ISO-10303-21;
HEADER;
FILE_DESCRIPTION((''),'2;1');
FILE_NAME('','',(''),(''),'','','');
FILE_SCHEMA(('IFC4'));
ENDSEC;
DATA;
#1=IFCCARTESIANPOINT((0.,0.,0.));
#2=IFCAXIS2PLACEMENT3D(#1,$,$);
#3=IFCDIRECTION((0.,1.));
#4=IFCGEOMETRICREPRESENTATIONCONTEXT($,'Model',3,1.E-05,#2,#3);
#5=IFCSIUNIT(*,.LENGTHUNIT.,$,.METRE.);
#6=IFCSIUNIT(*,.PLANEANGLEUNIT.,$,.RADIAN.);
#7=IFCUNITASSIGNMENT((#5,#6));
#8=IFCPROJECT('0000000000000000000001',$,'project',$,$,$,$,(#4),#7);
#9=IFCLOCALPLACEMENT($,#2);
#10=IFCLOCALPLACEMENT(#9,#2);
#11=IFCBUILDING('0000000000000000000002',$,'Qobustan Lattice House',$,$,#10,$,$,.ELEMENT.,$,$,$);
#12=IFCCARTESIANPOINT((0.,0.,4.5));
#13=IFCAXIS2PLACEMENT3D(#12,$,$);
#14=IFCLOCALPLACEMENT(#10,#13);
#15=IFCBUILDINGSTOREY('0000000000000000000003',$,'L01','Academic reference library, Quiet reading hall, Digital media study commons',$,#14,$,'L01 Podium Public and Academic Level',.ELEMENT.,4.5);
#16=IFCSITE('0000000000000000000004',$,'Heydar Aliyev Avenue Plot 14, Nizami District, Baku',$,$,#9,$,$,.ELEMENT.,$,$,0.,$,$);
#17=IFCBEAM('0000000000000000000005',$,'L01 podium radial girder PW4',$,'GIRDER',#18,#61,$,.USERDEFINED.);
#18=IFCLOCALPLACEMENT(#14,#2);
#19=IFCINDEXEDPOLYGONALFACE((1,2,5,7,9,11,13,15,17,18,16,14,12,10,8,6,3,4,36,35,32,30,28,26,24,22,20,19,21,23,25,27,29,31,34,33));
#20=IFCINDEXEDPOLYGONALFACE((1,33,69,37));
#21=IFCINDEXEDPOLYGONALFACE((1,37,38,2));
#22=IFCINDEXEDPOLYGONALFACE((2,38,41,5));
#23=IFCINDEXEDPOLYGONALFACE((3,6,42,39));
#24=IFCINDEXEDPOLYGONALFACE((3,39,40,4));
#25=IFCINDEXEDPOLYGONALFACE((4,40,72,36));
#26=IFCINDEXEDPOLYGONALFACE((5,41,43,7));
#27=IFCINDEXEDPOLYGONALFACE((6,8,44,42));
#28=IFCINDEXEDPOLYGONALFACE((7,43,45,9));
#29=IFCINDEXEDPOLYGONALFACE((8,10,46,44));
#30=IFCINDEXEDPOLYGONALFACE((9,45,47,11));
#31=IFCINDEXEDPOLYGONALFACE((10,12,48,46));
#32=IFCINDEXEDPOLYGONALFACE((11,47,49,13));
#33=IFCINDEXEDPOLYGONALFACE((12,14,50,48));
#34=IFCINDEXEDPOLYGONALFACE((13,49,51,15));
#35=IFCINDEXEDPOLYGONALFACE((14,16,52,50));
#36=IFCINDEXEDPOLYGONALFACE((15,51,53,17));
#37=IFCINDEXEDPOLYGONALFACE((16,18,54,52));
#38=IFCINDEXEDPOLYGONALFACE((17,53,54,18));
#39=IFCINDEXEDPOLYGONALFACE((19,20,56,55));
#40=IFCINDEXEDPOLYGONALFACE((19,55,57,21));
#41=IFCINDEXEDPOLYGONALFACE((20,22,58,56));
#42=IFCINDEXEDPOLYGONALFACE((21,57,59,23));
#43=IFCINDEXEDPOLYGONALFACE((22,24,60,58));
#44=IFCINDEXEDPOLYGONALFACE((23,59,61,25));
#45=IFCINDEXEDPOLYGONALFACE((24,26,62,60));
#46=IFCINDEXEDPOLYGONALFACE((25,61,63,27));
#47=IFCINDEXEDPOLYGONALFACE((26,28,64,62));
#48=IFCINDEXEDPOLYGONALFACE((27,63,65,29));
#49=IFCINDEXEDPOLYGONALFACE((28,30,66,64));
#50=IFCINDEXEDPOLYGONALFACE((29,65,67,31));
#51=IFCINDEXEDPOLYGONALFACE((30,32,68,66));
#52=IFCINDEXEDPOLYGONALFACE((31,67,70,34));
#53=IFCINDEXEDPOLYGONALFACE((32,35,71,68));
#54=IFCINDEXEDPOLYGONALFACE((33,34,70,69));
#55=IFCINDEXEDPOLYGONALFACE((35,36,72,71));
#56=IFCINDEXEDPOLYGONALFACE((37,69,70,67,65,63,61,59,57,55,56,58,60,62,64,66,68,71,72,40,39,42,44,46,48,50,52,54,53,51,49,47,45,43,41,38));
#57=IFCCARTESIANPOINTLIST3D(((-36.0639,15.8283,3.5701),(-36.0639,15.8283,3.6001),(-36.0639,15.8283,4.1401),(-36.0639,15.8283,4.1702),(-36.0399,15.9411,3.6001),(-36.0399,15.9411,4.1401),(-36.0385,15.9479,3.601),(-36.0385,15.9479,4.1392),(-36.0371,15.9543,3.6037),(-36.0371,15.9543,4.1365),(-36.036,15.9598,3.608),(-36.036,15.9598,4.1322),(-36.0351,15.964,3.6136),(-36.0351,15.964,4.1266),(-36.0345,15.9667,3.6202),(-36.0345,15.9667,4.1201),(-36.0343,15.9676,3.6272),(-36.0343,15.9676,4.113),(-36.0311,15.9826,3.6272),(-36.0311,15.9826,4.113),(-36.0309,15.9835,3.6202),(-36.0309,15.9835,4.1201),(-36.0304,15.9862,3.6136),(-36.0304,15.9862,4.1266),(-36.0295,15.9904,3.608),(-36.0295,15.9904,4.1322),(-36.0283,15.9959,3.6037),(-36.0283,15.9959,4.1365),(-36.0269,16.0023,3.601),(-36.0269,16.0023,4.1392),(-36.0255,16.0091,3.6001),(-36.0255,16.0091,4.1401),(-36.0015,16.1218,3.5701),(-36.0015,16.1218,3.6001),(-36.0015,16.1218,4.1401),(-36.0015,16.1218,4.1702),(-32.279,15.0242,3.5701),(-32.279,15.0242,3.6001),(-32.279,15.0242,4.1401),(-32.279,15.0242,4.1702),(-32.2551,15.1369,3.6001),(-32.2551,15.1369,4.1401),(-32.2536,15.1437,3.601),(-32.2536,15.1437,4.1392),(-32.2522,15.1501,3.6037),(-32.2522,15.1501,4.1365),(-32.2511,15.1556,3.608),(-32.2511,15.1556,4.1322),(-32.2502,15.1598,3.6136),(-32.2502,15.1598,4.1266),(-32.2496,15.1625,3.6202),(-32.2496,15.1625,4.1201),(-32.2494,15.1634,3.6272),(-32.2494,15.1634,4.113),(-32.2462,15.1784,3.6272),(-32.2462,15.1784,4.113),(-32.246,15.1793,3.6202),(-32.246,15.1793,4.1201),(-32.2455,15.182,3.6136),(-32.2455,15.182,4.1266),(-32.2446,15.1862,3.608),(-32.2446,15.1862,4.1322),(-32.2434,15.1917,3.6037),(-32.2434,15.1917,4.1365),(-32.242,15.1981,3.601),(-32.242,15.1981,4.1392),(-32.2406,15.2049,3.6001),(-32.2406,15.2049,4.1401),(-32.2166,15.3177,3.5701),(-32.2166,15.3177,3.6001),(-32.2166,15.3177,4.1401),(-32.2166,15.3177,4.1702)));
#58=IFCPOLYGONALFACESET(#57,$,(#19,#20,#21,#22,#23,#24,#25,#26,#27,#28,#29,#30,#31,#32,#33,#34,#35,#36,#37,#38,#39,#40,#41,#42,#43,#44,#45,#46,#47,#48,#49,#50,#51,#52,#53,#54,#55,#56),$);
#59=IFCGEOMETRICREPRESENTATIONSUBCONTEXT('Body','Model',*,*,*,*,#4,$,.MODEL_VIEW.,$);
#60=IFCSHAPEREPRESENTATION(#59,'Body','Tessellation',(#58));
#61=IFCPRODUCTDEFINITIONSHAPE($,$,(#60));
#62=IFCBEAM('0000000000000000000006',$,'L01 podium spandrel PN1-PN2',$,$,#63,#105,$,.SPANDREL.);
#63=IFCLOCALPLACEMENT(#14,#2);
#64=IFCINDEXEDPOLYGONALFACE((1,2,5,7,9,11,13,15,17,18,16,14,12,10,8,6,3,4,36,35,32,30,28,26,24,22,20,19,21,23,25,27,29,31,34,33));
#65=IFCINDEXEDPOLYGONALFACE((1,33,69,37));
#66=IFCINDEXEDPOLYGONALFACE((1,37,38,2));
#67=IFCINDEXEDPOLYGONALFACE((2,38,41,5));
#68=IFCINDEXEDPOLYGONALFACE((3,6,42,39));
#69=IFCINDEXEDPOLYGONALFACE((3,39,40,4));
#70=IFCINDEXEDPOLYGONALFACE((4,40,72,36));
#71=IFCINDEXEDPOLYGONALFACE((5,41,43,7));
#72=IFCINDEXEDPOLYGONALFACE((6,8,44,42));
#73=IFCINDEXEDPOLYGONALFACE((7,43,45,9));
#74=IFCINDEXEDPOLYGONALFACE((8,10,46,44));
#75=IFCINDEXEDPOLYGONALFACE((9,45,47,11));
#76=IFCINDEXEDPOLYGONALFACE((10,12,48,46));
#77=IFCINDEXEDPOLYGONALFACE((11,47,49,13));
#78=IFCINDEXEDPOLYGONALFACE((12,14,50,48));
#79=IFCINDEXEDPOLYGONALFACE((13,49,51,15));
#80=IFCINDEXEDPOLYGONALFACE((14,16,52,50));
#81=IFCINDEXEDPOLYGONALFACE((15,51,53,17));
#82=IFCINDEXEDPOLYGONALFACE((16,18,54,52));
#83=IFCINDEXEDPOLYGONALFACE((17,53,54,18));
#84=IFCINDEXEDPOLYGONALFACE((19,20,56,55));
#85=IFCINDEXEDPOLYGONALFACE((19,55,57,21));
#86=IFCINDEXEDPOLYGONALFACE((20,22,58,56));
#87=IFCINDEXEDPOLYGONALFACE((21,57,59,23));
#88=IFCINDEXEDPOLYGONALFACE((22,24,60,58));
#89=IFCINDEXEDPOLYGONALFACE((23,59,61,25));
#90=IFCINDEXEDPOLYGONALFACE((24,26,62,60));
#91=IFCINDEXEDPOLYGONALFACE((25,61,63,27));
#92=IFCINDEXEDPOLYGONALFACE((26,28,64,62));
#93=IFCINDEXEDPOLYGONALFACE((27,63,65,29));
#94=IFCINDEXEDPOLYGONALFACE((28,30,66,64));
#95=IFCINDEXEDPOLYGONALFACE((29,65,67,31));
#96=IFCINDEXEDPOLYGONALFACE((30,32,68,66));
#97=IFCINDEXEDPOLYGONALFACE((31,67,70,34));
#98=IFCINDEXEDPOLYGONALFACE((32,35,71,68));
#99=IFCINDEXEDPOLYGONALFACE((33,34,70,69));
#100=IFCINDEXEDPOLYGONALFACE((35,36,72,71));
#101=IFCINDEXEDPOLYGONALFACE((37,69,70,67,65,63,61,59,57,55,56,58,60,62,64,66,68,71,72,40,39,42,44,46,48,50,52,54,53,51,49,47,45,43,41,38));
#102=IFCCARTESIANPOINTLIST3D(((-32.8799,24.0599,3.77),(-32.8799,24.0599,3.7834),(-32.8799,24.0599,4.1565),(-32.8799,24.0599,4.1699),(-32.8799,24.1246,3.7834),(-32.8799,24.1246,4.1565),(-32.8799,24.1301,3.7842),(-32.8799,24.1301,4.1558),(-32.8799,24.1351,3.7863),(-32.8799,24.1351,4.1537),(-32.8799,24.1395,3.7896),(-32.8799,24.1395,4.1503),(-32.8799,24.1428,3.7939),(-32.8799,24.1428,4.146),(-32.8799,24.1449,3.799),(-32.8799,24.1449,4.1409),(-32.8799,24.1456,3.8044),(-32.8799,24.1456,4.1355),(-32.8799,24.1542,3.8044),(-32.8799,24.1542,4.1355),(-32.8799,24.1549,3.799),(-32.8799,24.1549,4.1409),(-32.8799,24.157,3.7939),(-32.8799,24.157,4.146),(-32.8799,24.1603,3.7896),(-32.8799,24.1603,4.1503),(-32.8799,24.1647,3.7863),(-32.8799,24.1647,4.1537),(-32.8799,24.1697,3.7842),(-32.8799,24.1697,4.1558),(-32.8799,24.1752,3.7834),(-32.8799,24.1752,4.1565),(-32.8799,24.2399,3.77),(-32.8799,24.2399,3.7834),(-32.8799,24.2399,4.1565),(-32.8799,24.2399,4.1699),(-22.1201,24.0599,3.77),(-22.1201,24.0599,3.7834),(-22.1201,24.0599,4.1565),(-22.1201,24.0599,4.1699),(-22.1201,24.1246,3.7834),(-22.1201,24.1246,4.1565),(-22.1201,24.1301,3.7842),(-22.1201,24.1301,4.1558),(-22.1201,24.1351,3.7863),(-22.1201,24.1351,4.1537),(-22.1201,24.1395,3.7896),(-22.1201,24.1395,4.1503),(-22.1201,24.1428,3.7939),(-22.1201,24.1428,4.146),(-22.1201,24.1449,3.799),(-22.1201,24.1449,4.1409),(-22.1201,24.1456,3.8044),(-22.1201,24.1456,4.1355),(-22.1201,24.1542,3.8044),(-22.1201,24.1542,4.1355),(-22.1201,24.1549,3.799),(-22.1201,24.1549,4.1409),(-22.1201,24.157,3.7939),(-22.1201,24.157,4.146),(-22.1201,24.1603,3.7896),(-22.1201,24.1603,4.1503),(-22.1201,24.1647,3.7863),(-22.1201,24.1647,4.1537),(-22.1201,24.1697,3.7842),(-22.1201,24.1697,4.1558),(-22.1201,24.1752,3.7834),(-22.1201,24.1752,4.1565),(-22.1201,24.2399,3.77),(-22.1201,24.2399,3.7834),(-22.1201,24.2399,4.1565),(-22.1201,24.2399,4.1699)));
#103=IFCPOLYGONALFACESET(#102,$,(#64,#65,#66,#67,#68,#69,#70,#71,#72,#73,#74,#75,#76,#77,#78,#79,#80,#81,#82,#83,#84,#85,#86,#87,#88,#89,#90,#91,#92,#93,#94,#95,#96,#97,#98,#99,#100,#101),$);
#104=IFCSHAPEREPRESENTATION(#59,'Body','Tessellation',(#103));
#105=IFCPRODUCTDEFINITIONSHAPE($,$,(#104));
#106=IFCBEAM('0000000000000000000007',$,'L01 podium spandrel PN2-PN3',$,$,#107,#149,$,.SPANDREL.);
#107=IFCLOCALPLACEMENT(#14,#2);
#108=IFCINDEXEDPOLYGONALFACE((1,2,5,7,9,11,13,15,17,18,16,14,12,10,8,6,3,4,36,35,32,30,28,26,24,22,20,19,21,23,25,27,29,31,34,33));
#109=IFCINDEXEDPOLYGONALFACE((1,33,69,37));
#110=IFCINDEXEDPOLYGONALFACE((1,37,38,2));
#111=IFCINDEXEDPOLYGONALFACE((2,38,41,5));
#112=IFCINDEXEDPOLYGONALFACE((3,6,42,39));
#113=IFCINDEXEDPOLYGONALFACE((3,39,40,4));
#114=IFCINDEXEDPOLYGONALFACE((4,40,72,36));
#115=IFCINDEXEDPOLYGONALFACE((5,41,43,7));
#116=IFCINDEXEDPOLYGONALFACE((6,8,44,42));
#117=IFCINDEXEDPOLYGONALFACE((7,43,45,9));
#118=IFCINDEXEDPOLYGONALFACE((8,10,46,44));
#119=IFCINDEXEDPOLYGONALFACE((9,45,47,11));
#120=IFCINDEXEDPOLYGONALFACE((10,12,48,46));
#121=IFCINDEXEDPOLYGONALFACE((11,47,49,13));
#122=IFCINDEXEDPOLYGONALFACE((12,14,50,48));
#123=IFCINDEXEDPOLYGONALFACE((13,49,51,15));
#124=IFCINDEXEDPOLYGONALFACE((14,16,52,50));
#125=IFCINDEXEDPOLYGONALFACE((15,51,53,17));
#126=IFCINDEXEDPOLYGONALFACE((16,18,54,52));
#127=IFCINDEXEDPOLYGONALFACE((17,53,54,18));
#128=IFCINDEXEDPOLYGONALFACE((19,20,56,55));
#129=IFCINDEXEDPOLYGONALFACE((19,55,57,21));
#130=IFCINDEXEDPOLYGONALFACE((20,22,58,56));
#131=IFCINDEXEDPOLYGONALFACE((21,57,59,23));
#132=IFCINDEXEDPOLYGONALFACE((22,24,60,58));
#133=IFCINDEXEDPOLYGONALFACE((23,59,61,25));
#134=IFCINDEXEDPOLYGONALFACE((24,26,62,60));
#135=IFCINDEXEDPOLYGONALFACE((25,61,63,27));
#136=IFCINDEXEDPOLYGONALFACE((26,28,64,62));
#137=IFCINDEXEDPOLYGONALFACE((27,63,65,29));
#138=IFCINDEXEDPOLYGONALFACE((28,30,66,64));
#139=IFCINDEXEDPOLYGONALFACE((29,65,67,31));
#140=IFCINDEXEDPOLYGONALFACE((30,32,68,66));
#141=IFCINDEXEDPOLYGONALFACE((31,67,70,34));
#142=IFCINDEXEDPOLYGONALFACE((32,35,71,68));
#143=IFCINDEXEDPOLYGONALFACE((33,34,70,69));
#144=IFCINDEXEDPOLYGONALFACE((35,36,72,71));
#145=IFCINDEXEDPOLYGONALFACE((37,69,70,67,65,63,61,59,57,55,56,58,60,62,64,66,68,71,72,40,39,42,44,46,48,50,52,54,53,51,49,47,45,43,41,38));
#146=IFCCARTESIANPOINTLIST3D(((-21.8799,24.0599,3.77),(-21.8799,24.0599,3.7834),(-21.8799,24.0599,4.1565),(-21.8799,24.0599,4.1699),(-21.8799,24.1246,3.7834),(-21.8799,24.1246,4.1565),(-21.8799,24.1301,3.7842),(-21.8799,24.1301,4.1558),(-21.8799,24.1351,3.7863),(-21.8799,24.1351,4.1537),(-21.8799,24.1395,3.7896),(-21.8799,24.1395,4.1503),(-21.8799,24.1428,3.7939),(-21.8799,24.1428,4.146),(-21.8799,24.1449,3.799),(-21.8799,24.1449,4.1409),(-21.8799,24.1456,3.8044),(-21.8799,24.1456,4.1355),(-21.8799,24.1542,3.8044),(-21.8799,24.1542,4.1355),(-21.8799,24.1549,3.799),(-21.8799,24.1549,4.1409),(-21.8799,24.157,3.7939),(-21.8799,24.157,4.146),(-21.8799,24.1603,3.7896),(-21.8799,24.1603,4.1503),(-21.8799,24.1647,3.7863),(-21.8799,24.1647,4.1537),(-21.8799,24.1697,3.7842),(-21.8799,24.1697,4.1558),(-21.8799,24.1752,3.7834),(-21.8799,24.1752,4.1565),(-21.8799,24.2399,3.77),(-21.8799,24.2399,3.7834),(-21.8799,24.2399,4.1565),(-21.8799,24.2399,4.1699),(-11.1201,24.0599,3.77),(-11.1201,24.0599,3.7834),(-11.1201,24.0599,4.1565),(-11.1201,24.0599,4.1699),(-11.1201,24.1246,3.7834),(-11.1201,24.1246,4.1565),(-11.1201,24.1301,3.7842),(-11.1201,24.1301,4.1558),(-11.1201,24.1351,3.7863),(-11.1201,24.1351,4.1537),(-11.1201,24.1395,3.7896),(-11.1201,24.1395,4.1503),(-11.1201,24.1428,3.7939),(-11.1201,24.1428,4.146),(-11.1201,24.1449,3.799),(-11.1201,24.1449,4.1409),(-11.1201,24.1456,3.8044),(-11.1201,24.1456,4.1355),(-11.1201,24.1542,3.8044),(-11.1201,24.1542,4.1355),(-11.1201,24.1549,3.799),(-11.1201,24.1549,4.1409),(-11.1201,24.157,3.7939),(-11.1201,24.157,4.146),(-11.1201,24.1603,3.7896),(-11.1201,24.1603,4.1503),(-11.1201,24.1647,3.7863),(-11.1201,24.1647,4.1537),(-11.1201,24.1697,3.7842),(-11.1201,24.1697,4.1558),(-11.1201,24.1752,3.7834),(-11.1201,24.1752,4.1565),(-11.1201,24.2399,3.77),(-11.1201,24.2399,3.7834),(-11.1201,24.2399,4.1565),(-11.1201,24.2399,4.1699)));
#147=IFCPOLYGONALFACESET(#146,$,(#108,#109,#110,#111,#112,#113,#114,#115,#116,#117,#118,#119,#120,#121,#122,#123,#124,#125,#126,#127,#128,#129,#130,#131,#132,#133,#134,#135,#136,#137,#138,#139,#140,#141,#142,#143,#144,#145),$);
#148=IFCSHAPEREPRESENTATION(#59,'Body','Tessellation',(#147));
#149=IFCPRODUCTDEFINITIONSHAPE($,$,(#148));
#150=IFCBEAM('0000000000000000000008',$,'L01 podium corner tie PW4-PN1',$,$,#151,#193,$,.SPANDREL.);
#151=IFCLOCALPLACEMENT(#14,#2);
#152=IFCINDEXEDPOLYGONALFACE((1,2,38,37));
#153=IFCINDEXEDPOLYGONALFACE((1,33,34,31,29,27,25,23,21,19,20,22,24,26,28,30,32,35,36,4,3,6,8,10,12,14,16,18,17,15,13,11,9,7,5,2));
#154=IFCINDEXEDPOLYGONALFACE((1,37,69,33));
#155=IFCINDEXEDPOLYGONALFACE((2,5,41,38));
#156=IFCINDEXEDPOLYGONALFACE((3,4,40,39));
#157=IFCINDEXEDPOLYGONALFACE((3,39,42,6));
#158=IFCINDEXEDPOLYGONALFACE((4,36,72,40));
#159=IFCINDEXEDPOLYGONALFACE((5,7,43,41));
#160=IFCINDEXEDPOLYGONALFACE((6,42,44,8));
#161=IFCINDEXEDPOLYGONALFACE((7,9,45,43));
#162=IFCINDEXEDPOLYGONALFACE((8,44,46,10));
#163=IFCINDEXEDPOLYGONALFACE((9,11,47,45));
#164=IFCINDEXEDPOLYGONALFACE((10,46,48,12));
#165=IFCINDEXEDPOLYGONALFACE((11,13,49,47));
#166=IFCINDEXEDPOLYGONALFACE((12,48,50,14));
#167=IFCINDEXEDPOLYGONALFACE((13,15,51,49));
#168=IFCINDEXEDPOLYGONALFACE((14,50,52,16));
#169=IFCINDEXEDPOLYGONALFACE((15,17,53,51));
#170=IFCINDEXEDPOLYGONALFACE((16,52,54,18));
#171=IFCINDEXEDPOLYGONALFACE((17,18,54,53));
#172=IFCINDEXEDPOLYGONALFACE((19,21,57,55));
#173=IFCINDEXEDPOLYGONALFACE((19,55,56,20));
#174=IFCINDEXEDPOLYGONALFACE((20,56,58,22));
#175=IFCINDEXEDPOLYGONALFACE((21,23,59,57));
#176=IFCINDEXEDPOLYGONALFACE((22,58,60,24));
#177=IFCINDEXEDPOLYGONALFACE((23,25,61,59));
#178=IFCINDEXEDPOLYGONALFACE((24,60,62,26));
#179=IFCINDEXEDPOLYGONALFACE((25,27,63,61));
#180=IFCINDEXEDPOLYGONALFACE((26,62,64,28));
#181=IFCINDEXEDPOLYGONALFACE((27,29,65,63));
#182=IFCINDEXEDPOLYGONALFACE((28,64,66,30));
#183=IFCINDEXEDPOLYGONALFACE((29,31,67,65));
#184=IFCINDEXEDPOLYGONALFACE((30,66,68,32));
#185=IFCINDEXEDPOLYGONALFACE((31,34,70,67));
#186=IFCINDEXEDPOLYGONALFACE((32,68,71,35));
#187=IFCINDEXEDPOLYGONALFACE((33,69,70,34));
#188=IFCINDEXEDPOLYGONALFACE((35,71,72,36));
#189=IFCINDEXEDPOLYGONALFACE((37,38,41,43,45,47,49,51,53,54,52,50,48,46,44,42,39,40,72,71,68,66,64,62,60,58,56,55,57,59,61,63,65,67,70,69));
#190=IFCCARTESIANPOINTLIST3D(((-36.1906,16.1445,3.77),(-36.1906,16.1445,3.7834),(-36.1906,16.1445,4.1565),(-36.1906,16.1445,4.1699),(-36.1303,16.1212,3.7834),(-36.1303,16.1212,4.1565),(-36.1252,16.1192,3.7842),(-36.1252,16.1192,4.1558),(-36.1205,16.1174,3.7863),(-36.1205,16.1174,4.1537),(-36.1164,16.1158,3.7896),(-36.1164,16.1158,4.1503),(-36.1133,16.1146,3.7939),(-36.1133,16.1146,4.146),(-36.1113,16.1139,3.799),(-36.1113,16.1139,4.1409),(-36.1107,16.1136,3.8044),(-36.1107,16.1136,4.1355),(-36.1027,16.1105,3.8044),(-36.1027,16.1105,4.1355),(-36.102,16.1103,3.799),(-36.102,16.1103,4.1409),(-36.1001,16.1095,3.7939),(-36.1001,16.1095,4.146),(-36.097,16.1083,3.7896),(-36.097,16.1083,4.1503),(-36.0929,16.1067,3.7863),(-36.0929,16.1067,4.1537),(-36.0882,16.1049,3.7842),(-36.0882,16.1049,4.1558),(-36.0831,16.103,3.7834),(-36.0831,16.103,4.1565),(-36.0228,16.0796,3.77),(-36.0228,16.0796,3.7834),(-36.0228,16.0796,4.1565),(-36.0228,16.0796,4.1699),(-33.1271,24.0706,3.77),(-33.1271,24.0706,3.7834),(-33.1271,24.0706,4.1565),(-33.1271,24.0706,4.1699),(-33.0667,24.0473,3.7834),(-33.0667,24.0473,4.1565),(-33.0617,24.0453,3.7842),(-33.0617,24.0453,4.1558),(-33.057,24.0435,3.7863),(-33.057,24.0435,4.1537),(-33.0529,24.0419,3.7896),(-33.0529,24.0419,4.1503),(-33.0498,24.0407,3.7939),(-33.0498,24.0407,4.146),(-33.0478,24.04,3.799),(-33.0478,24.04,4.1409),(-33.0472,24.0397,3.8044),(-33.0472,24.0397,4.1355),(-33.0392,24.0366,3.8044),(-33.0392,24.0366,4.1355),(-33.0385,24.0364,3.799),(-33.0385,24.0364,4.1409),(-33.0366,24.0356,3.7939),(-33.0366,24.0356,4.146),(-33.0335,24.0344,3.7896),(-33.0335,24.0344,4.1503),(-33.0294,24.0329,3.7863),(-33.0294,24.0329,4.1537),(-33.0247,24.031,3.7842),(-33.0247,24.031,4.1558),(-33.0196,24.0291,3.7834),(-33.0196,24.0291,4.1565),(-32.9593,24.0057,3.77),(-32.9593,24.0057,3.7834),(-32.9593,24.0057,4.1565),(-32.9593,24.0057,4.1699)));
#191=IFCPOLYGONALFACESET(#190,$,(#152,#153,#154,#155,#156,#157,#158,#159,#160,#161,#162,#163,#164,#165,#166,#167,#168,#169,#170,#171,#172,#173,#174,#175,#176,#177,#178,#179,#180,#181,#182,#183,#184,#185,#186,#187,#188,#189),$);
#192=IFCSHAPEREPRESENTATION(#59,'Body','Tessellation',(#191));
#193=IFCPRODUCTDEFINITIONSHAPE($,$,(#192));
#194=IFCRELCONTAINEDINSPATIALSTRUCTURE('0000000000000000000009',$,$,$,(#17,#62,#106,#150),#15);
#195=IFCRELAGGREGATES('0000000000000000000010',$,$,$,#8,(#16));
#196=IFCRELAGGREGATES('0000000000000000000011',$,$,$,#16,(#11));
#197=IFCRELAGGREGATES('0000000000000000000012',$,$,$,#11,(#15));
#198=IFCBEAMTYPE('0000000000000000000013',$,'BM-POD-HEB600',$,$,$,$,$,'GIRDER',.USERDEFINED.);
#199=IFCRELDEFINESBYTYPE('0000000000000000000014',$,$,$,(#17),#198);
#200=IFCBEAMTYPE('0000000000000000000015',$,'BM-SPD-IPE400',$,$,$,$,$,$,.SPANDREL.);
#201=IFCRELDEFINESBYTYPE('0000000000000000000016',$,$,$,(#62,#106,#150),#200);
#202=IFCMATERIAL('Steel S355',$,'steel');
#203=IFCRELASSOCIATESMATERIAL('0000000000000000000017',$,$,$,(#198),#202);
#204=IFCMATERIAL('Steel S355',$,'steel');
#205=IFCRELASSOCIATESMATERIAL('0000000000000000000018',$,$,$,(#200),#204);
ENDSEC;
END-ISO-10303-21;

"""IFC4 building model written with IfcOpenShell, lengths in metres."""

from ifc_helpers import new_model, si_unit, direction, frame, origin, origin_2d, place, context, subcontext, project, spatial, i_section, extrude, material, material_profile, profile_set, type_object, element, save


model = new_model("IFC4")

# Units and contexts
model_context = context("Model", 3, precision=1e-05, world=origin(), true_north=direction((0.0, 1.0)))
body_context = subcontext(model_context, "Body", "Model", "MODEL_VIEW")
ifc_project = project(units=[si_unit("LENGTHUNIT", "METRE"), si_unit("PLANEANGLEUNIT", "RADIAN")], contexts=[model_context])

# Site, building, storey
site_placement = place(None, origin())
site = spatial("IfcSite", under=ifc_project, at=site_placement, Name="Heydar Aliyev Avenue Plot 14, Nizami District, Baku", CompositionType="ELEMENT", RefElevation=0.0)
building_placement = place(site_placement, origin())
building = spatial("IfcBuilding", under=site, at=building_placement, Name="Qobustan Lattice House", CompositionType="ELEMENT")
storey_placement = place(building_placement, frame((0.0, 0.0, 4.5)))
storey = spatial("IfcBuildingStorey", under=building, at=storey_placement, Name="L01", Description="Academic reference library, Quiet reading hall, Digital media study commons", LongName="L01 Podium Public and Academic Level", CompositionType="ELEMENT", Elevation=4.5)

# Beams
ifc_material_1 = material(Name="Steel S355", Category="steel")
ifc_material_profile_1 = material_profile(ifc_material_1, i_section(OverallWidth=0.3, OverallDepth=0.6001, WebThickness=0.0154, FlangeThickness=0.03, FilletRadius=0.0271, at=origin_2d()), Name="HEB600")
ifc_profile_set_1 = profile_set([ifc_material_profile_1], Name="Steel S355")
beam_type_1 = type_object("IfcBeamType", Name="BM-POD-HEB600", ElementType="GIRDER", PredefinedType="USERDEFINED", material=ifc_profile_set_1)
beam_1_placement = place(storey_placement, frame((-36.0327, 15.9751, 3.8701), z_axis=(0.978164, -0.207835, 0.0), x_axis=(0.207835, 0.978164, 0.0)))
element("IfcBeam", 1, at=beam_1_placement, inside=storey, type_object=beam_type_1, Name="L01 podium radial girder PW4", ObjectType="GIRDER", PredefinedType="USERDEFINED", context=body_context, shape_type="SweptSolid", body=[
    extrude(i_section(OverallWidth=0.3, OverallDepth=0.6001, WebThickness=0.0154, FlangeThickness=0.03, FilletRadius=0.0271, at=origin_2d()), origin(), (0.0, 0.0, 1.0), 3.8694),
])
ifc_material_2 = material(Name="Steel S355", Category="steel")
ifc_material_profile_2 = material_profile(ifc_material_2, i_section(OverallWidth=0.1799, OverallDepth=0.3999, WebThickness=0.0085, FlangeThickness=0.0134, FilletRadius=0.021, at=origin_2d()), Name="IPE400")
ifc_profile_set_2 = profile_set([ifc_material_profile_2], Name="Steel S355")
beam_type_2 = type_object("IfcBeamType", Name="BM-SPD-IPE400", PredefinedType="SPANDREL", material=ifc_profile_set_2)
for number, where, z_axis, x_axis, name in (
    (2, (-32.8799, 24.1499, 3.97), (1.0, 0.0, 0.0), (0.0, 1.0, 0.0), "L01 podium spandrel PN1-PN2"),
    (3, (-21.8799, 24.1499, 3.97), (1.0, 0.0, 0.0), (0.0, 1.0, 0.0), "L01 podium spandrel PN2-PN3"),
):
    element("IfcBeam", number, at=place(storey_placement, frame(where, z_axis=z_axis, x_axis=x_axis)), inside=storey, type_object=beam_type_2, Name=name, PredefinedType="SPANDREL", context=body_context, shape_type="SweptSolid", body=[
        extrude(i_section(OverallWidth=0.1799, OverallDepth=0.3999, WebThickness=0.0085, FlangeThickness=0.0134, FilletRadius=0.021, at=origin_2d()), origin(), (0.0, 0.0, 1.0), 10.7598),
    ])
beam_2_placement = place(storey_placement, frame((-36.1067, 16.1121, 3.97), z_axis=(0.360517, 0.932753, 0.0), x_axis=(-0.932753, 0.360517, 0.0)))
element("IfcBeam", 4, at=beam_2_placement, inside=storey, type_object=beam_type_2, Name="L01 podium corner tie PW4-PN1", PredefinedType="SPANDREL", context=body_context, shape_type="SweptSolid", body=[
    extrude(i_section(OverallWidth=0.1799, OverallDepth=0.3999, WebThickness=0.0085, FlangeThickness=0.0134, FilletRadius=0.021, at=origin_2d()), origin(), (0.0, 0.0, 1.0), 8.4976),
])

save(model, "model.ifc")
